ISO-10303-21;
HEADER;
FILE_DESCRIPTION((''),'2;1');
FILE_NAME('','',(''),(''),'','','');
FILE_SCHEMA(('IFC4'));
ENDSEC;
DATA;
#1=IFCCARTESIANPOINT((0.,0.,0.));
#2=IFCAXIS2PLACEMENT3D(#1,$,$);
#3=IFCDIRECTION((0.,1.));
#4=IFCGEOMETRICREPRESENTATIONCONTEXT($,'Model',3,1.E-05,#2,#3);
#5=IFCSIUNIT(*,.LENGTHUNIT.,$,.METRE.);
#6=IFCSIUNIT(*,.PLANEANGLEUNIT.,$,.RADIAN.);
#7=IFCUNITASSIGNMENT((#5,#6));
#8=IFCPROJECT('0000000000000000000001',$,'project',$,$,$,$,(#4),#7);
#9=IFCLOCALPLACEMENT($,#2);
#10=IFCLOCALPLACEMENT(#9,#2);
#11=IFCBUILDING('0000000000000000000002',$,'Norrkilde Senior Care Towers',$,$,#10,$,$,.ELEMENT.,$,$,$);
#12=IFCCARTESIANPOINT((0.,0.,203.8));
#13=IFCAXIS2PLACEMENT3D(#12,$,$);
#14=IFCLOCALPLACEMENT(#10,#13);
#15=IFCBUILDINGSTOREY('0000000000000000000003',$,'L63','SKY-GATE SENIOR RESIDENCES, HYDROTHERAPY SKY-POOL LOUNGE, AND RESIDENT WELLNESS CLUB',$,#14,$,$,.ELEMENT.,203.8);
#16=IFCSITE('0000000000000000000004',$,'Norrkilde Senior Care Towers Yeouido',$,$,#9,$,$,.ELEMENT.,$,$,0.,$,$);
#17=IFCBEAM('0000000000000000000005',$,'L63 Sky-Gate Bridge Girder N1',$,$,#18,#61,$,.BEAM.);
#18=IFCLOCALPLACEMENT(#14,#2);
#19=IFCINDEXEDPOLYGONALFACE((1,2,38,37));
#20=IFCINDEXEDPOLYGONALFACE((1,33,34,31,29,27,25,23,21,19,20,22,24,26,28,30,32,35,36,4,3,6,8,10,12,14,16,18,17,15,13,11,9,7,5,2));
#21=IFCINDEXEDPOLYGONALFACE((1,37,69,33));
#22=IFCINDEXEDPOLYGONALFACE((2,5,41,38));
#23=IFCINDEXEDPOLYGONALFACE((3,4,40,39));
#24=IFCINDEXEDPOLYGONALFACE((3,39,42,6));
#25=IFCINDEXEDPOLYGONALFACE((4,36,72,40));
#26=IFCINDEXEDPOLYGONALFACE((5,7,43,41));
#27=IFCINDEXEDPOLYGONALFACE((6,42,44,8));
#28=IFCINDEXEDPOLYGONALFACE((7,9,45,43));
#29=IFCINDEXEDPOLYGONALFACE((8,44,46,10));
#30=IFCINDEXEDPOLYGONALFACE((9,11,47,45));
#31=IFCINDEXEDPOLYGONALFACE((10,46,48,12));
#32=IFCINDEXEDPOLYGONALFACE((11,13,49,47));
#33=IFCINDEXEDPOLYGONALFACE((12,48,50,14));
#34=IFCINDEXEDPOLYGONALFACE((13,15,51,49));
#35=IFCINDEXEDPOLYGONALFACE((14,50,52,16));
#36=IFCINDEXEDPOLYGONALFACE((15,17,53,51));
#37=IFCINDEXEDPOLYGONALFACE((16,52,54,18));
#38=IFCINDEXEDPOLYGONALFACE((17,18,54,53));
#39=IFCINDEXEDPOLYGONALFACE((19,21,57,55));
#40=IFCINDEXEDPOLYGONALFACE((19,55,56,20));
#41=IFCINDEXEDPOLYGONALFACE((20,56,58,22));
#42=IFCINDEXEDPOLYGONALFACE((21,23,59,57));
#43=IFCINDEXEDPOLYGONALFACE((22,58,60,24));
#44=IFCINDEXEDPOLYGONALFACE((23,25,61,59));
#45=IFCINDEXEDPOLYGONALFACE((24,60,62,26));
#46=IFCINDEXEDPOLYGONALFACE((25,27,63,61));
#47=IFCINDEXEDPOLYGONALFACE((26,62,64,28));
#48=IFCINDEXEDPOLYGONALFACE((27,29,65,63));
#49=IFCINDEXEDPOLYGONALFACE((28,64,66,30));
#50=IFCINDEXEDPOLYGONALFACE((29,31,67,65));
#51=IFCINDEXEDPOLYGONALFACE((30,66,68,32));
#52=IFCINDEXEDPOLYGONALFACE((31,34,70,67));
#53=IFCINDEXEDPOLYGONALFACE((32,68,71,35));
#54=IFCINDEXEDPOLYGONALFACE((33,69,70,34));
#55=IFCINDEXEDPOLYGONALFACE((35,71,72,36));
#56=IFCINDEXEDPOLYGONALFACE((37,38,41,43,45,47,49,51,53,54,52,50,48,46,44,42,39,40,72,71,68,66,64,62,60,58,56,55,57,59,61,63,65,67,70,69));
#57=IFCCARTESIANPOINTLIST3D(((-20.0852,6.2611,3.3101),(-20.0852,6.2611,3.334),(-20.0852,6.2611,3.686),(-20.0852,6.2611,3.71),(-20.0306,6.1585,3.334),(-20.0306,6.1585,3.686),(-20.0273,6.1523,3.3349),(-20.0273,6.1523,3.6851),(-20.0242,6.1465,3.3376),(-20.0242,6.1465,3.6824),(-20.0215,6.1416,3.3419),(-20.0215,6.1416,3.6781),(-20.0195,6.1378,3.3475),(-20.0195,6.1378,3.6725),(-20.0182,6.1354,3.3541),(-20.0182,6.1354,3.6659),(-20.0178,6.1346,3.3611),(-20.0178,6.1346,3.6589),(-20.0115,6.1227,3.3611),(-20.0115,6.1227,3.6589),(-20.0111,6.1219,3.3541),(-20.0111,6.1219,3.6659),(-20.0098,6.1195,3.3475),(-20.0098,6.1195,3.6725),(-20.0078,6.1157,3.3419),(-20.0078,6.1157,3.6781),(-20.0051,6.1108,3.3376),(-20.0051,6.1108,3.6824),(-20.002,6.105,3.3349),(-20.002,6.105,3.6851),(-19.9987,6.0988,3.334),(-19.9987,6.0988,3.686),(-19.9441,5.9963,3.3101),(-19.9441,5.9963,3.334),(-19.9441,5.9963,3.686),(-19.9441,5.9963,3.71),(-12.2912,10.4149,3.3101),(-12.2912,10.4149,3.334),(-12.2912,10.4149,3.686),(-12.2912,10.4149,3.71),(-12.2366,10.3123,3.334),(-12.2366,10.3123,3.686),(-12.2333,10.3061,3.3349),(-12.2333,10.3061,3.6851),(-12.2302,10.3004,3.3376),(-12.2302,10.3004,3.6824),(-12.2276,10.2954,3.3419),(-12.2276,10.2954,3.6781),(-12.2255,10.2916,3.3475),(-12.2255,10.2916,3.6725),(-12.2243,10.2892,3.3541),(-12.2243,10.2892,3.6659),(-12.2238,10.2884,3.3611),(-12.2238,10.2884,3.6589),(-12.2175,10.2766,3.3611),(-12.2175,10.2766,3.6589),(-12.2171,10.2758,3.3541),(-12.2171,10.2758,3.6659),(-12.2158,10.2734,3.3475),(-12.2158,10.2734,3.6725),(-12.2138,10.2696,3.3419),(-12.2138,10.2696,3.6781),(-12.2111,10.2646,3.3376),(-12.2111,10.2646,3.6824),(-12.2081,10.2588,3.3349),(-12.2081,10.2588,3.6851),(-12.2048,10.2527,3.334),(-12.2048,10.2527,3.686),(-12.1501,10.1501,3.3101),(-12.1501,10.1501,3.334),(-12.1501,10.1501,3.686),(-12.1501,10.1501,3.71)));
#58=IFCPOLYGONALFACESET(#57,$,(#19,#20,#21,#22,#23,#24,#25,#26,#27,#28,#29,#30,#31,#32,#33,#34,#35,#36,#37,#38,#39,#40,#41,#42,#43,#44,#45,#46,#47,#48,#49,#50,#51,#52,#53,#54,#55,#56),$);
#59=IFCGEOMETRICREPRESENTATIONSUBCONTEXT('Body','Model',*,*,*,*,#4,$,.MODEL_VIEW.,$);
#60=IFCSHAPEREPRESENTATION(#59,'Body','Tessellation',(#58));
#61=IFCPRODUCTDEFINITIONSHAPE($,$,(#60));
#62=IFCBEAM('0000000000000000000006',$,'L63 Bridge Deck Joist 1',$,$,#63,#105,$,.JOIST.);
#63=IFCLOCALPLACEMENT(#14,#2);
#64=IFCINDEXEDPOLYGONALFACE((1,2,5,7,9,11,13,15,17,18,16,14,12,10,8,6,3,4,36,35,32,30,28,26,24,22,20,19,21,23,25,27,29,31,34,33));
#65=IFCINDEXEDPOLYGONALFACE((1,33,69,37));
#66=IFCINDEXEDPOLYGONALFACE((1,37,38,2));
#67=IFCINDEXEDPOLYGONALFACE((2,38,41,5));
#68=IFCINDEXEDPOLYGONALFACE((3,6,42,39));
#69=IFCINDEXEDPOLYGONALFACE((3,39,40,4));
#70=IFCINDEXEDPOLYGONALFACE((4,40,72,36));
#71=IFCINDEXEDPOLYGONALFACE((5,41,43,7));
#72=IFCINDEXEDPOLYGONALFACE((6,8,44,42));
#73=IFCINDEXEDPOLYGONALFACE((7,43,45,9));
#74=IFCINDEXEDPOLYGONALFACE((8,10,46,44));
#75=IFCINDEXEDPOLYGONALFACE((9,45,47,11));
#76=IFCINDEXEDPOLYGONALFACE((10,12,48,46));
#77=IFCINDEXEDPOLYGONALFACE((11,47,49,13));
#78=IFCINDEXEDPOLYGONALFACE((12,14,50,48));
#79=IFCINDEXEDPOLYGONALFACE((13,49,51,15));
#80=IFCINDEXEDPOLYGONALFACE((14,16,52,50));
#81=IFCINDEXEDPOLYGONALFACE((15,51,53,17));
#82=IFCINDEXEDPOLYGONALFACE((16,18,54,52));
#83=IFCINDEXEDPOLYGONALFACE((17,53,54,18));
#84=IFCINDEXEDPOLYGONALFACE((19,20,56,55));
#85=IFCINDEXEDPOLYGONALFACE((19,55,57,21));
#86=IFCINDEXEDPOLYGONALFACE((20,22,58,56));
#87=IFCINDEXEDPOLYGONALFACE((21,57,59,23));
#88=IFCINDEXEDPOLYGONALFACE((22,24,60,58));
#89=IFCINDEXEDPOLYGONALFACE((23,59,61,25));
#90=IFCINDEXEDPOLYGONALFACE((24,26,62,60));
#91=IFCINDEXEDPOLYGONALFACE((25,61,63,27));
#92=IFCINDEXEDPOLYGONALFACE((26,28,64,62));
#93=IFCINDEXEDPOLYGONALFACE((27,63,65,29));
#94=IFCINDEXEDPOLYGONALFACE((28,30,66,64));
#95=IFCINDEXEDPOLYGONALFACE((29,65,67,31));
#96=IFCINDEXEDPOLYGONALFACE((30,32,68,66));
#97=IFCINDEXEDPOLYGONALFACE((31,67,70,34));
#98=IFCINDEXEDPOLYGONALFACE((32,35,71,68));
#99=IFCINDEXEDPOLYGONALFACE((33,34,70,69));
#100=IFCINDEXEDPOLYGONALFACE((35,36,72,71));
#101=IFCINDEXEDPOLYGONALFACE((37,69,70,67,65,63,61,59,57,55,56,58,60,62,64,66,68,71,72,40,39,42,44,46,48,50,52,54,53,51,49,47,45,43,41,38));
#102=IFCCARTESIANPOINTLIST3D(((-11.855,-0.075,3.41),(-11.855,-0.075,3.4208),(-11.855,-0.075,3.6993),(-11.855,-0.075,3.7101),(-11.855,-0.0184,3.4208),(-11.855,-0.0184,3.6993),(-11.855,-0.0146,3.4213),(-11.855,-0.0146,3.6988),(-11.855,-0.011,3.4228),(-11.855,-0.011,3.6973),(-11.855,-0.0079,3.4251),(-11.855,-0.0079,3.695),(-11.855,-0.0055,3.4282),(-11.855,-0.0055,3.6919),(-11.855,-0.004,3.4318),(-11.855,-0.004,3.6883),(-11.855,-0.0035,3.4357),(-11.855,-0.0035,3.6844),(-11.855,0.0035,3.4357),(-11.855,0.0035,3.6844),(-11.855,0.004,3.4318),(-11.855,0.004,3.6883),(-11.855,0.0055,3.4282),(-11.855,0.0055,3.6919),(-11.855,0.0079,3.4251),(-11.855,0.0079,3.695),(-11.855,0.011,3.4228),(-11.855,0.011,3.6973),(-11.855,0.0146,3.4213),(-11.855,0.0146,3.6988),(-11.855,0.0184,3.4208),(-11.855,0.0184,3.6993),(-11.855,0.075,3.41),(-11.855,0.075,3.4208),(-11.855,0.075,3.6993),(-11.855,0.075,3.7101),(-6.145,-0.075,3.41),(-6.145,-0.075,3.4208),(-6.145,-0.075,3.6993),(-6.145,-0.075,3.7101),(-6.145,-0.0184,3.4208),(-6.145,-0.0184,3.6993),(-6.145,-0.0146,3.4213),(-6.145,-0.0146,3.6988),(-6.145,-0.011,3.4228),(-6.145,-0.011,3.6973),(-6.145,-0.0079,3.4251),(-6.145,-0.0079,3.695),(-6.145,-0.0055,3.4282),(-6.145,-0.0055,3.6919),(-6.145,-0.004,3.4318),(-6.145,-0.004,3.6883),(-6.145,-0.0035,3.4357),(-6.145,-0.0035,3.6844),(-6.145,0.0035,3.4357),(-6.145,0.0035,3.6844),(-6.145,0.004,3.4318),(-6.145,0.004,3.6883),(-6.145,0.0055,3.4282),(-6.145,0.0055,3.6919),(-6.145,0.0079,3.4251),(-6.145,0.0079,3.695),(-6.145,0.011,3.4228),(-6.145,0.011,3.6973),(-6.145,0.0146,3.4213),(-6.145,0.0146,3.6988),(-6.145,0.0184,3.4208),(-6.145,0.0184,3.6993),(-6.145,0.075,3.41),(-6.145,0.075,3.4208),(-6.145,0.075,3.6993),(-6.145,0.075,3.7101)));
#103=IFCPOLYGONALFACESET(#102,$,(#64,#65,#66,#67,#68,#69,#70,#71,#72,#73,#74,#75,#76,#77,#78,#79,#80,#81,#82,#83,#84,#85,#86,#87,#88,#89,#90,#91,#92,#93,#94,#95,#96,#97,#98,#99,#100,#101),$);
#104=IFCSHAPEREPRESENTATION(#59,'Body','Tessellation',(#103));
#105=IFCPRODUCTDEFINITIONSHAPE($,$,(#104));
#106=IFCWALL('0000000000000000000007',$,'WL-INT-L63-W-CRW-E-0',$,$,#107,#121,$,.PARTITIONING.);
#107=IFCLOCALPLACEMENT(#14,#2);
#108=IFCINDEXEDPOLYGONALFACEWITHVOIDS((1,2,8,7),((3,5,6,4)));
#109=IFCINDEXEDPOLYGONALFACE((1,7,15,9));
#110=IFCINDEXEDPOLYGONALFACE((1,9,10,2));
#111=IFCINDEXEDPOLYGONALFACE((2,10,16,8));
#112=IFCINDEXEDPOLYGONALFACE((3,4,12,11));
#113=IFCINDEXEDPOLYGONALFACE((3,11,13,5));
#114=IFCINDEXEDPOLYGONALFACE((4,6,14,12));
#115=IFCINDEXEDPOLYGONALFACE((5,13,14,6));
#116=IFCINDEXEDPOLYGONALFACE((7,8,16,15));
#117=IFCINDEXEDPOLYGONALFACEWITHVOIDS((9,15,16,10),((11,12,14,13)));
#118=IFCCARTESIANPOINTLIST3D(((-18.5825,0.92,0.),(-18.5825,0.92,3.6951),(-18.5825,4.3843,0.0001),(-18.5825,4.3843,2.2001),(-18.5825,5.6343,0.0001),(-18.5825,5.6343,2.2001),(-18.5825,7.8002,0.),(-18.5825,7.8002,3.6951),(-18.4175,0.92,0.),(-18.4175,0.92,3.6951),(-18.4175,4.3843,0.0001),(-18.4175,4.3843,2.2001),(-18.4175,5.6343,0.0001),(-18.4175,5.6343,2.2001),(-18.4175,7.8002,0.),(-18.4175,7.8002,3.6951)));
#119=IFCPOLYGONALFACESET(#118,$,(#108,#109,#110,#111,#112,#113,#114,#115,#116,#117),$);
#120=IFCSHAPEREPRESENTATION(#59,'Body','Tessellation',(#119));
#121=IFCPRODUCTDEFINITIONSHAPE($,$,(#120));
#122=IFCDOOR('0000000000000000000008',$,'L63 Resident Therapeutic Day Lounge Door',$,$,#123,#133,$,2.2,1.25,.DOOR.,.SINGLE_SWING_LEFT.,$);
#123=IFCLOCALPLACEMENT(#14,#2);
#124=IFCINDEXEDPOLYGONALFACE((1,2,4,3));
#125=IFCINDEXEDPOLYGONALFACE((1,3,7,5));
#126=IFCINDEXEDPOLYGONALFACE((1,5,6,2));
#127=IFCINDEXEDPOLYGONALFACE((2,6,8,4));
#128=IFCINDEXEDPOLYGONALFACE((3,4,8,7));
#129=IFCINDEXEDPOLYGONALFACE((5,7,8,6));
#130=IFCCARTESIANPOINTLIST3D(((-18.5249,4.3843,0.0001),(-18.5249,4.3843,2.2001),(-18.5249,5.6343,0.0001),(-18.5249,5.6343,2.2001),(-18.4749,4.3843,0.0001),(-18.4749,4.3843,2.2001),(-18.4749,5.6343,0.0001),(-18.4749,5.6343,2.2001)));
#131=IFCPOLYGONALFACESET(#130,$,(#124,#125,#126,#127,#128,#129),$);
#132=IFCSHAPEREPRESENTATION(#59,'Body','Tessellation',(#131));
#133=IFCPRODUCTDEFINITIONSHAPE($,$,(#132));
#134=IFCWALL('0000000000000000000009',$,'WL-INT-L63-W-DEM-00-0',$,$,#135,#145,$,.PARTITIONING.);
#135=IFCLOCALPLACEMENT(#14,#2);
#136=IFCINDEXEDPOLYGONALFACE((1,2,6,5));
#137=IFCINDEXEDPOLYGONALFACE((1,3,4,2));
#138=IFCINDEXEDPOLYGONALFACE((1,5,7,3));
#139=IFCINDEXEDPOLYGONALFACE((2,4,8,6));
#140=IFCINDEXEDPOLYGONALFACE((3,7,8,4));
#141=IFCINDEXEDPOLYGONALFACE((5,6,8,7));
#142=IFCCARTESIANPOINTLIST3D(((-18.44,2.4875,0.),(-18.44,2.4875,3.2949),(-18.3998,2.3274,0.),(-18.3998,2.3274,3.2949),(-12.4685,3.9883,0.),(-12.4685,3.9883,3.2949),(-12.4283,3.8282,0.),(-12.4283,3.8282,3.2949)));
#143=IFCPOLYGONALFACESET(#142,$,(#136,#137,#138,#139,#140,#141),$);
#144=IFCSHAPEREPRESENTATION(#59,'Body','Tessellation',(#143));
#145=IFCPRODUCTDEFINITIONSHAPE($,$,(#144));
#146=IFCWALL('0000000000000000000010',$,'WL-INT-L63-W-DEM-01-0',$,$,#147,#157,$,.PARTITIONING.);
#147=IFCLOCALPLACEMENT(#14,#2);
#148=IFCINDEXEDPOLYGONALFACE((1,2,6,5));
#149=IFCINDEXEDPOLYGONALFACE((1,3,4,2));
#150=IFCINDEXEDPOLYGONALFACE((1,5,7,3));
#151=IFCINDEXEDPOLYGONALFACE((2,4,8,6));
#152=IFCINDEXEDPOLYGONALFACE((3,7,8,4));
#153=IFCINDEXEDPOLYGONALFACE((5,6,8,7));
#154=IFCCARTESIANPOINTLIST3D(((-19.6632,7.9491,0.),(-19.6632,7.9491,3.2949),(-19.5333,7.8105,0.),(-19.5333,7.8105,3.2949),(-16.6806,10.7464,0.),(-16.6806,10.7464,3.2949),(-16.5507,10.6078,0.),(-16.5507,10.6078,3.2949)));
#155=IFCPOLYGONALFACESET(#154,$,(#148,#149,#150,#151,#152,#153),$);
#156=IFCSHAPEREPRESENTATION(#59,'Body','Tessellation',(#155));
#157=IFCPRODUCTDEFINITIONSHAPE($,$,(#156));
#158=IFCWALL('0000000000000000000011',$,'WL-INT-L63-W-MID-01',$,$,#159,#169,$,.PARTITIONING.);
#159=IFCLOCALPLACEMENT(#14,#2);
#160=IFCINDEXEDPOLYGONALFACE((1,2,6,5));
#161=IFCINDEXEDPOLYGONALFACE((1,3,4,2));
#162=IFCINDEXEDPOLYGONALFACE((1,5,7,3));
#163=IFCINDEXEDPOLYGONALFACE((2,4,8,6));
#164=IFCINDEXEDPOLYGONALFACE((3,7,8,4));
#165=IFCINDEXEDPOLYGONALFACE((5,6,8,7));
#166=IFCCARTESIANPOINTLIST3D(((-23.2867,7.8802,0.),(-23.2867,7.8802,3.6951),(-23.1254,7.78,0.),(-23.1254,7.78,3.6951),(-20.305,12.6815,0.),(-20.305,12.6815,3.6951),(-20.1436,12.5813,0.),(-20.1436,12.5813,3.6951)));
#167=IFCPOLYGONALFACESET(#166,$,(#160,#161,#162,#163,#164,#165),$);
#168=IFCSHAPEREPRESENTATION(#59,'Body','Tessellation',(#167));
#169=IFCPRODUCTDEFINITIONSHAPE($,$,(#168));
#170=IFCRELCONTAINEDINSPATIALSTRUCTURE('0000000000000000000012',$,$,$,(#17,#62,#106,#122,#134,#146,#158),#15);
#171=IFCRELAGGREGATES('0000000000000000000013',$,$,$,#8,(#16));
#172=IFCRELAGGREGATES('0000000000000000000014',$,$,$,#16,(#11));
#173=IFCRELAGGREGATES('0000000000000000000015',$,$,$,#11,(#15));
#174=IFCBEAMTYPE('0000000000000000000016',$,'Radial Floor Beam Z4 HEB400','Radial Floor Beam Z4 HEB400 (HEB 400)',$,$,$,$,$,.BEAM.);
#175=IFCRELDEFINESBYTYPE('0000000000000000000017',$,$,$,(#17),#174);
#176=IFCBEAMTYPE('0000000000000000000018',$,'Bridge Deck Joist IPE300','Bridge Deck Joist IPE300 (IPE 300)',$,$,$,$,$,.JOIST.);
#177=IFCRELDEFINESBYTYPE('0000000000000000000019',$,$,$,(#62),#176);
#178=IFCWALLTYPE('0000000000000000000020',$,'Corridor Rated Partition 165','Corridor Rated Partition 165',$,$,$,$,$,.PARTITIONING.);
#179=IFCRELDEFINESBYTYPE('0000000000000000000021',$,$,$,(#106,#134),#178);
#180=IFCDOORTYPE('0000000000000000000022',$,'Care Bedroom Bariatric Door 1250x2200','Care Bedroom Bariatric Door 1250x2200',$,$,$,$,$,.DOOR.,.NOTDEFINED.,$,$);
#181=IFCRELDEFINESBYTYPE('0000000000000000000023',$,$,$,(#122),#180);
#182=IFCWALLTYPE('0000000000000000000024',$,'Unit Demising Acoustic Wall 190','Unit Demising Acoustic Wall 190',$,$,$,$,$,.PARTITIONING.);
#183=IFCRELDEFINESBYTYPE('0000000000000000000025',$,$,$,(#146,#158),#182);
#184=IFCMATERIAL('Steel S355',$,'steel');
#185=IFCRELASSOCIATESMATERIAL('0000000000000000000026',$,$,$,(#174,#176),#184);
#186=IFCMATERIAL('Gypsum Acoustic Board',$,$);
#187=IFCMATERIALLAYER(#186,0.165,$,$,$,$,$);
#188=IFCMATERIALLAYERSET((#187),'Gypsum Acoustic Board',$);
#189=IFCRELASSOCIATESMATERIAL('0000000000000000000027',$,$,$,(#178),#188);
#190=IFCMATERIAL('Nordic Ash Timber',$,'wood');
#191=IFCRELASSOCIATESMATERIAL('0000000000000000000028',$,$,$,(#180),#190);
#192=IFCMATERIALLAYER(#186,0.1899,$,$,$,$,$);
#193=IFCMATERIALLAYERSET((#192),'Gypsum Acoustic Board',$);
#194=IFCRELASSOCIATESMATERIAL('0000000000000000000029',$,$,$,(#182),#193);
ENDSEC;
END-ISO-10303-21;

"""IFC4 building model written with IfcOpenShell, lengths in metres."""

from ifc_helpers import new_model, si_unit, direction, frame, frame_2d, origin, origin_2d, place, context, subcontext, project, spatial, rectangle, i_section, extrude, source, transform, mapped, material, layer, layer_set, material_profile, profile_set, type_object, type_shapes, element, fill, save


model = new_model("IFC4")

# Units and contexts
model_context = context("Model", 3, precision=1e-05, world=origin(), true_north=direction((0.0, 1.0)))
body_context = subcontext(model_context, "Body", "Model", "MODEL_VIEW")
ifc_project = project(units=[si_unit("LENGTHUNIT", "METRE"), si_unit("PLANEANGLEUNIT", "RADIAN")], contexts=[model_context])

# Site, building, storey
site_placement = place(None, origin())
site = spatial("IfcSite", under=ifc_project, at=site_placement, Name="Norrkilde Senior Care Towers Yeouido", CompositionType="ELEMENT", RefElevation=0.0)
building_placement = place(site_placement, origin())
building = spatial("IfcBuilding", under=site, at=building_placement, Name="Norrkilde Senior Care Towers", CompositionType="ELEMENT")
storey_placement = place(building_placement, frame((0.0, 0.0, 203.8)))
storey = spatial("IfcBuildingStorey", under=building, at=storey_placement, Name="L63", Description="SKY-GATE SENIOR RESIDENCES, HYDROTHERAPY SKY-POOL LOUNGE, AND RESIDENT WELLNESS CLUB", CompositionType="ELEMENT", Elevation=203.8)

# Beams
ifc_material_1 = material(Name="Steel S355", Category="steel")
ifc_material_profile_1 = material_profile(ifc_material_1, i_section(OverallWidth=0.3, OverallDepth=0.3999, WebThickness=0.0134, FlangeThickness=0.0239, FilletRadius=0.0271, at=origin_2d()), Name="HEB 400")
ifc_profile_set_1 = profile_set([ifc_material_profile_1], Name="Steel S355")
beam_type_1 = type_object("IfcBeamType", Name="Radial Floor Beam Z4 HEB400", Description="Radial Floor Beam Z4 HEB400 (HEB 400)", PredefinedType="BEAM", material=ifc_profile_set_1)
shared_shape_1 = source(origin(), body_context, "Body", "SweptSolid", [
    extrude(i_section(OverallWidth=0.3, OverallDepth=0.3999, WebThickness=0.0134, FlangeThickness=0.0239, FilletRadius=0.0271, at=origin_2d()), origin(), (0.0, 0.0, 1.0), 8.8318),
])
beam_1_placement = place(storey_placement, frame((-20.0146, 6.1287, 3.51), z_axis=(0.882492, 0.470327, 0.0), x_axis=(-0.470327, 0.882492, 0.0)))
element("IfcBeam", 1, at=beam_1_placement, inside=storey, type_object=beam_type_1, Name="L63 Sky-Gate Bridge Girder N1", PredefinedType="BEAM", context=body_context, shape_type="MappedRepresentation", body=[
    mapped(shared_shape_1, transform((0.0, 0.0, 0.0), x_axis=(1.0, 0.0, 0.0), y_axis=(0.0, 1.0, 0.0), z_axis=(0.0, 0.0, 1.0), scale=1.0)),
])
ifc_material_profile_2 = material_profile(ifc_material_1, i_section(OverallWidth=0.1499, OverallDepth=0.3, WebThickness=0.0071, FlangeThickness=0.0107, FilletRadius=0.0149, at=origin_2d()), Name="IPE 300")
ifc_profile_set_2 = profile_set([ifc_material_profile_2], Name="Steel S355")
beam_type_2 = type_object("IfcBeamType", Name="Bridge Deck Joist IPE300", Description="Bridge Deck Joist IPE300 (IPE 300)", PredefinedType="JOIST", material=ifc_profile_set_2)
shared_shape_2 = source(origin(), body_context, "Body", "SweptSolid", [
    extrude(i_section(OverallWidth=0.1499, OverallDepth=0.3, WebThickness=0.0071, FlangeThickness=0.0107, FilletRadius=0.0149, at=origin_2d()), origin(), (0.0, 0.0, 1.0), 5.71),
])
type_shapes(beam_type_2, [shared_shape_2])
beam_2_placement = place(storey_placement, frame((-11.855, 0.0, 3.5601), z_axis=(1.0, 0.0, 0.0), x_axis=(0.0, 1.0, 0.0)))
element("IfcBeam", 2, at=beam_2_placement, inside=storey, type_object=beam_type_2, Name="L63 Bridge Deck Joist 1", PredefinedType="JOIST", context=body_context, shape_type="MappedRepresentation", body=[
    mapped(shared_shape_2, transform((0.0, 0.0, 0.0), x_axis=(1.0, 0.0, 0.0), y_axis=(0.0, 1.0, 0.0), z_axis=(0.0, 0.0, 1.0), scale=1.0)),
])

# Wall, opening, door
ifc_material_2 = material(Name="Gypsum Acoustic Board")
ifc_layer_1 = layer(ifc_material_2, 0.165)
ifc_layer_set_1 = layer_set([ifc_layer_1], Name="Gypsum Acoustic Board")
wall_type_1 = type_object("IfcWallType", Name="Corridor Rated Partition 165", Description="Corridor Rated Partition 165", PredefinedType="PARTITIONING", material=ifc_layer_set_1)
shared_shape_3 = source(origin(), body_context, "Body", "SweptSolid", [
    extrude(rectangle(XDim=6.8801, YDim=0.165, at=frame_2d((3.4399, 0.0))), origin(), (0.0, 0.0, 1.0), 3.6951),
])
wall_1_placement = place(storey_placement, frame((-18.5, 7.8, 0.0), z_axis=(0.0, 0.0, 1.0), x_axis=(0.0, -1.0, 0.0)))
wall_1 = element("IfcWall", 3, at=wall_1_placement, inside=storey, type_object=wall_type_1, Name="WL-INT-L63-W-CRW-E-0", PredefinedType="PARTITIONING", context=body_context, shape_type="MappedRepresentation", body=[
    mapped(shared_shape_3, transform((0.0, 0.0, 0.0), x_axis=(1.0, 0.0, 0.0), y_axis=(0.0, 1.0, 0.0), z_axis=(0.0, 0.0, 1.0), scale=1.0)),
])
opening_1_placement = place(wall_1_placement, frame((2.1658, 0.0, 0.0)))
opening_1 = element("IfcOpeningElement", 4, at=opening_1_placement, cuts=wall_1, PredefinedType="OPENING", context=body_context, shape_type="SweptSolid", body=[
    extrude(rectangle(XDim=1.25, YDim=2.2, at=frame_2d((0.625, 1.1001))), frame((0.0, 0.0925, 0.0), z_axis=(0.0, -1.0, 0.0), x_axis=(1.0, 0.0, 0.0)), (0.0, 0.0, 1.0), 0.1851),
])
ifc_material_3 = material(Name="Nordic Ash Timber", Category="wood")
door_type_1 = type_object("IfcDoorType", Name="Care Bedroom Bariatric Door 1250x2200", Description="Care Bedroom Bariatric Door 1250x2200", OperationType="NOTDEFINED", PredefinedType="DOOR", material=ifc_material_3)
shared_shape_4 = source(origin(), body_context, "Body", "SweptSolid", [
    extrude(rectangle(XDim=1.25, YDim=2.2, at=frame_2d((0.625, 1.1001))), frame((0.0, 0.0249, 0.0), z_axis=(0.0, -1.0, 0.0), x_axis=(1.0, 0.0, 0.0)), (0.0, 0.0, 1.0), 0.05),
])
type_shapes(door_type_1, [shared_shape_4])
door_1_placement = place(opening_1_placement, frame((1.25, 0.0, 0.0), z_axis=(0.0, 0.0, 1.0), x_axis=(-1.0, 0.0, 0.0)))
door_1 = element("IfcDoor", 5, at=door_1_placement, inside=storey, type_object=door_type_1, Name="L63 Resident Therapeutic Day Lounge Door", OperationType="SINGLE_SWING_LEFT", OverallHeight=2.2, OverallWidth=1.25, PredefinedType="DOOR", context=body_context, shape_type="MappedRepresentation", body=[
    mapped(shared_shape_4, transform((0.0, 0.0, 0.0), x_axis=(1.0, 0.0, 0.0), y_axis=(0.0, 1.0, 0.0), z_axis=(0.0, 0.0, 1.0), scale=1.0)),
])
fill(opening_1, door_1)

# Walls
shared_shape_5 = source(origin(), body_context, "Body", "SweptSolid", [
    extrude(rectangle(XDim=6.1572, YDim=0.165, at=frame_2d((3.0786, 0.0))), origin(), (0.0, 0.0, 1.0), 3.2949),
])
wall_2_placement = place(storey_placement, frame((-18.4199, 2.4075, 0.0), z_axis=(0.0, 0.0, 1.0), x_axis=(0.969841, 0.243739, 0.0)))
element("IfcWall", 6, at=wall_2_placement, inside=storey, type_object=wall_type_1, Name="WL-INT-L63-W-DEM-00-0", PredefinedType="PARTITIONING", context=body_context, shape_type="MappedRepresentation", body=[
    mapped(shared_shape_5, transform((0.0, 0.0, 0.0), x_axis=(1.0, 0.0, 0.0), y_axis=(0.0, 1.0, 0.0), z_axis=(0.0, 0.0, 1.0), scale=1.0)),
])
ifc_layer_2 = layer(ifc_material_2, 0.1899)
ifc_layer_set_2 = layer_set([ifc_layer_2], Name="Gypsum Acoustic Board")
wall_type_2 = type_object("IfcWallType", Name="Unit Demising Acoustic Wall 190", Description="Unit Demising Acoustic Wall 190", PredefinedType="PARTITIONING", material=ifc_layer_set_2)
shared_shape_6 = source(origin(), body_context, "Body", "SweptSolid", [
    extrude(rectangle(XDim=4.0891, YDim=0.1899, at=frame_2d((2.0444, 0.0))), origin(), (0.0, 0.0, 1.0), 3.2949),
])
wall_3_placement = place(storey_placement, frame((-19.5981, 7.8799, 0.0), z_axis=(0.0, 0.0, 1.0), x_axis=(0.729401, 0.684086, 0.0)))
element("IfcWall", 7, at=wall_3_placement, inside=storey, type_object=wall_type_2, Name="WL-INT-L63-W-DEM-01-0", PredefinedType="PARTITIONING", context=body_context, shape_type="MappedRepresentation", body=[
    mapped(shared_shape_6, transform((0.0, 0.0, 0.0), x_axis=(1.0, 0.0, 0.0), y_axis=(0.0, 1.0, 0.0), z_axis=(0.0, 0.0, 1.0), scale=1.0)),
])
shared_shape_7 = source(origin(), body_context, "Body", "SweptSolid", [
    extrude(rectangle(XDim=5.6519, YDim=0.1899, at=frame_2d((2.8259, 0.0))), origin(), (0.0, 0.0, 1.0), 3.6951),
])
type_shapes(wall_type_2, [shared_shape_6, shared_shape_7])
wall_4_placement = place(storey_placement, frame((-23.2061, 7.8301, 0.0), z_axis=(0.0, 0.0, 1.0), x_axis=(0.527566, 0.849514, 0.0)))
element("IfcWall", 8, at=wall_4_placement, inside=storey, type_object=wall_type_2, Name="WL-INT-L63-W-MID-01", PredefinedType="PARTITIONING", context=body_context, shape_type="MappedRepresentation", body=[
    mapped(shared_shape_7, transform((0.0, 0.0, 0.0), x_axis=(1.0, 0.0, 0.0), y_axis=(0.0, 1.0, 0.0), z_axis=(0.0, 0.0, 1.0), scale=1.0)),
])

save(model, "model.ifc")
